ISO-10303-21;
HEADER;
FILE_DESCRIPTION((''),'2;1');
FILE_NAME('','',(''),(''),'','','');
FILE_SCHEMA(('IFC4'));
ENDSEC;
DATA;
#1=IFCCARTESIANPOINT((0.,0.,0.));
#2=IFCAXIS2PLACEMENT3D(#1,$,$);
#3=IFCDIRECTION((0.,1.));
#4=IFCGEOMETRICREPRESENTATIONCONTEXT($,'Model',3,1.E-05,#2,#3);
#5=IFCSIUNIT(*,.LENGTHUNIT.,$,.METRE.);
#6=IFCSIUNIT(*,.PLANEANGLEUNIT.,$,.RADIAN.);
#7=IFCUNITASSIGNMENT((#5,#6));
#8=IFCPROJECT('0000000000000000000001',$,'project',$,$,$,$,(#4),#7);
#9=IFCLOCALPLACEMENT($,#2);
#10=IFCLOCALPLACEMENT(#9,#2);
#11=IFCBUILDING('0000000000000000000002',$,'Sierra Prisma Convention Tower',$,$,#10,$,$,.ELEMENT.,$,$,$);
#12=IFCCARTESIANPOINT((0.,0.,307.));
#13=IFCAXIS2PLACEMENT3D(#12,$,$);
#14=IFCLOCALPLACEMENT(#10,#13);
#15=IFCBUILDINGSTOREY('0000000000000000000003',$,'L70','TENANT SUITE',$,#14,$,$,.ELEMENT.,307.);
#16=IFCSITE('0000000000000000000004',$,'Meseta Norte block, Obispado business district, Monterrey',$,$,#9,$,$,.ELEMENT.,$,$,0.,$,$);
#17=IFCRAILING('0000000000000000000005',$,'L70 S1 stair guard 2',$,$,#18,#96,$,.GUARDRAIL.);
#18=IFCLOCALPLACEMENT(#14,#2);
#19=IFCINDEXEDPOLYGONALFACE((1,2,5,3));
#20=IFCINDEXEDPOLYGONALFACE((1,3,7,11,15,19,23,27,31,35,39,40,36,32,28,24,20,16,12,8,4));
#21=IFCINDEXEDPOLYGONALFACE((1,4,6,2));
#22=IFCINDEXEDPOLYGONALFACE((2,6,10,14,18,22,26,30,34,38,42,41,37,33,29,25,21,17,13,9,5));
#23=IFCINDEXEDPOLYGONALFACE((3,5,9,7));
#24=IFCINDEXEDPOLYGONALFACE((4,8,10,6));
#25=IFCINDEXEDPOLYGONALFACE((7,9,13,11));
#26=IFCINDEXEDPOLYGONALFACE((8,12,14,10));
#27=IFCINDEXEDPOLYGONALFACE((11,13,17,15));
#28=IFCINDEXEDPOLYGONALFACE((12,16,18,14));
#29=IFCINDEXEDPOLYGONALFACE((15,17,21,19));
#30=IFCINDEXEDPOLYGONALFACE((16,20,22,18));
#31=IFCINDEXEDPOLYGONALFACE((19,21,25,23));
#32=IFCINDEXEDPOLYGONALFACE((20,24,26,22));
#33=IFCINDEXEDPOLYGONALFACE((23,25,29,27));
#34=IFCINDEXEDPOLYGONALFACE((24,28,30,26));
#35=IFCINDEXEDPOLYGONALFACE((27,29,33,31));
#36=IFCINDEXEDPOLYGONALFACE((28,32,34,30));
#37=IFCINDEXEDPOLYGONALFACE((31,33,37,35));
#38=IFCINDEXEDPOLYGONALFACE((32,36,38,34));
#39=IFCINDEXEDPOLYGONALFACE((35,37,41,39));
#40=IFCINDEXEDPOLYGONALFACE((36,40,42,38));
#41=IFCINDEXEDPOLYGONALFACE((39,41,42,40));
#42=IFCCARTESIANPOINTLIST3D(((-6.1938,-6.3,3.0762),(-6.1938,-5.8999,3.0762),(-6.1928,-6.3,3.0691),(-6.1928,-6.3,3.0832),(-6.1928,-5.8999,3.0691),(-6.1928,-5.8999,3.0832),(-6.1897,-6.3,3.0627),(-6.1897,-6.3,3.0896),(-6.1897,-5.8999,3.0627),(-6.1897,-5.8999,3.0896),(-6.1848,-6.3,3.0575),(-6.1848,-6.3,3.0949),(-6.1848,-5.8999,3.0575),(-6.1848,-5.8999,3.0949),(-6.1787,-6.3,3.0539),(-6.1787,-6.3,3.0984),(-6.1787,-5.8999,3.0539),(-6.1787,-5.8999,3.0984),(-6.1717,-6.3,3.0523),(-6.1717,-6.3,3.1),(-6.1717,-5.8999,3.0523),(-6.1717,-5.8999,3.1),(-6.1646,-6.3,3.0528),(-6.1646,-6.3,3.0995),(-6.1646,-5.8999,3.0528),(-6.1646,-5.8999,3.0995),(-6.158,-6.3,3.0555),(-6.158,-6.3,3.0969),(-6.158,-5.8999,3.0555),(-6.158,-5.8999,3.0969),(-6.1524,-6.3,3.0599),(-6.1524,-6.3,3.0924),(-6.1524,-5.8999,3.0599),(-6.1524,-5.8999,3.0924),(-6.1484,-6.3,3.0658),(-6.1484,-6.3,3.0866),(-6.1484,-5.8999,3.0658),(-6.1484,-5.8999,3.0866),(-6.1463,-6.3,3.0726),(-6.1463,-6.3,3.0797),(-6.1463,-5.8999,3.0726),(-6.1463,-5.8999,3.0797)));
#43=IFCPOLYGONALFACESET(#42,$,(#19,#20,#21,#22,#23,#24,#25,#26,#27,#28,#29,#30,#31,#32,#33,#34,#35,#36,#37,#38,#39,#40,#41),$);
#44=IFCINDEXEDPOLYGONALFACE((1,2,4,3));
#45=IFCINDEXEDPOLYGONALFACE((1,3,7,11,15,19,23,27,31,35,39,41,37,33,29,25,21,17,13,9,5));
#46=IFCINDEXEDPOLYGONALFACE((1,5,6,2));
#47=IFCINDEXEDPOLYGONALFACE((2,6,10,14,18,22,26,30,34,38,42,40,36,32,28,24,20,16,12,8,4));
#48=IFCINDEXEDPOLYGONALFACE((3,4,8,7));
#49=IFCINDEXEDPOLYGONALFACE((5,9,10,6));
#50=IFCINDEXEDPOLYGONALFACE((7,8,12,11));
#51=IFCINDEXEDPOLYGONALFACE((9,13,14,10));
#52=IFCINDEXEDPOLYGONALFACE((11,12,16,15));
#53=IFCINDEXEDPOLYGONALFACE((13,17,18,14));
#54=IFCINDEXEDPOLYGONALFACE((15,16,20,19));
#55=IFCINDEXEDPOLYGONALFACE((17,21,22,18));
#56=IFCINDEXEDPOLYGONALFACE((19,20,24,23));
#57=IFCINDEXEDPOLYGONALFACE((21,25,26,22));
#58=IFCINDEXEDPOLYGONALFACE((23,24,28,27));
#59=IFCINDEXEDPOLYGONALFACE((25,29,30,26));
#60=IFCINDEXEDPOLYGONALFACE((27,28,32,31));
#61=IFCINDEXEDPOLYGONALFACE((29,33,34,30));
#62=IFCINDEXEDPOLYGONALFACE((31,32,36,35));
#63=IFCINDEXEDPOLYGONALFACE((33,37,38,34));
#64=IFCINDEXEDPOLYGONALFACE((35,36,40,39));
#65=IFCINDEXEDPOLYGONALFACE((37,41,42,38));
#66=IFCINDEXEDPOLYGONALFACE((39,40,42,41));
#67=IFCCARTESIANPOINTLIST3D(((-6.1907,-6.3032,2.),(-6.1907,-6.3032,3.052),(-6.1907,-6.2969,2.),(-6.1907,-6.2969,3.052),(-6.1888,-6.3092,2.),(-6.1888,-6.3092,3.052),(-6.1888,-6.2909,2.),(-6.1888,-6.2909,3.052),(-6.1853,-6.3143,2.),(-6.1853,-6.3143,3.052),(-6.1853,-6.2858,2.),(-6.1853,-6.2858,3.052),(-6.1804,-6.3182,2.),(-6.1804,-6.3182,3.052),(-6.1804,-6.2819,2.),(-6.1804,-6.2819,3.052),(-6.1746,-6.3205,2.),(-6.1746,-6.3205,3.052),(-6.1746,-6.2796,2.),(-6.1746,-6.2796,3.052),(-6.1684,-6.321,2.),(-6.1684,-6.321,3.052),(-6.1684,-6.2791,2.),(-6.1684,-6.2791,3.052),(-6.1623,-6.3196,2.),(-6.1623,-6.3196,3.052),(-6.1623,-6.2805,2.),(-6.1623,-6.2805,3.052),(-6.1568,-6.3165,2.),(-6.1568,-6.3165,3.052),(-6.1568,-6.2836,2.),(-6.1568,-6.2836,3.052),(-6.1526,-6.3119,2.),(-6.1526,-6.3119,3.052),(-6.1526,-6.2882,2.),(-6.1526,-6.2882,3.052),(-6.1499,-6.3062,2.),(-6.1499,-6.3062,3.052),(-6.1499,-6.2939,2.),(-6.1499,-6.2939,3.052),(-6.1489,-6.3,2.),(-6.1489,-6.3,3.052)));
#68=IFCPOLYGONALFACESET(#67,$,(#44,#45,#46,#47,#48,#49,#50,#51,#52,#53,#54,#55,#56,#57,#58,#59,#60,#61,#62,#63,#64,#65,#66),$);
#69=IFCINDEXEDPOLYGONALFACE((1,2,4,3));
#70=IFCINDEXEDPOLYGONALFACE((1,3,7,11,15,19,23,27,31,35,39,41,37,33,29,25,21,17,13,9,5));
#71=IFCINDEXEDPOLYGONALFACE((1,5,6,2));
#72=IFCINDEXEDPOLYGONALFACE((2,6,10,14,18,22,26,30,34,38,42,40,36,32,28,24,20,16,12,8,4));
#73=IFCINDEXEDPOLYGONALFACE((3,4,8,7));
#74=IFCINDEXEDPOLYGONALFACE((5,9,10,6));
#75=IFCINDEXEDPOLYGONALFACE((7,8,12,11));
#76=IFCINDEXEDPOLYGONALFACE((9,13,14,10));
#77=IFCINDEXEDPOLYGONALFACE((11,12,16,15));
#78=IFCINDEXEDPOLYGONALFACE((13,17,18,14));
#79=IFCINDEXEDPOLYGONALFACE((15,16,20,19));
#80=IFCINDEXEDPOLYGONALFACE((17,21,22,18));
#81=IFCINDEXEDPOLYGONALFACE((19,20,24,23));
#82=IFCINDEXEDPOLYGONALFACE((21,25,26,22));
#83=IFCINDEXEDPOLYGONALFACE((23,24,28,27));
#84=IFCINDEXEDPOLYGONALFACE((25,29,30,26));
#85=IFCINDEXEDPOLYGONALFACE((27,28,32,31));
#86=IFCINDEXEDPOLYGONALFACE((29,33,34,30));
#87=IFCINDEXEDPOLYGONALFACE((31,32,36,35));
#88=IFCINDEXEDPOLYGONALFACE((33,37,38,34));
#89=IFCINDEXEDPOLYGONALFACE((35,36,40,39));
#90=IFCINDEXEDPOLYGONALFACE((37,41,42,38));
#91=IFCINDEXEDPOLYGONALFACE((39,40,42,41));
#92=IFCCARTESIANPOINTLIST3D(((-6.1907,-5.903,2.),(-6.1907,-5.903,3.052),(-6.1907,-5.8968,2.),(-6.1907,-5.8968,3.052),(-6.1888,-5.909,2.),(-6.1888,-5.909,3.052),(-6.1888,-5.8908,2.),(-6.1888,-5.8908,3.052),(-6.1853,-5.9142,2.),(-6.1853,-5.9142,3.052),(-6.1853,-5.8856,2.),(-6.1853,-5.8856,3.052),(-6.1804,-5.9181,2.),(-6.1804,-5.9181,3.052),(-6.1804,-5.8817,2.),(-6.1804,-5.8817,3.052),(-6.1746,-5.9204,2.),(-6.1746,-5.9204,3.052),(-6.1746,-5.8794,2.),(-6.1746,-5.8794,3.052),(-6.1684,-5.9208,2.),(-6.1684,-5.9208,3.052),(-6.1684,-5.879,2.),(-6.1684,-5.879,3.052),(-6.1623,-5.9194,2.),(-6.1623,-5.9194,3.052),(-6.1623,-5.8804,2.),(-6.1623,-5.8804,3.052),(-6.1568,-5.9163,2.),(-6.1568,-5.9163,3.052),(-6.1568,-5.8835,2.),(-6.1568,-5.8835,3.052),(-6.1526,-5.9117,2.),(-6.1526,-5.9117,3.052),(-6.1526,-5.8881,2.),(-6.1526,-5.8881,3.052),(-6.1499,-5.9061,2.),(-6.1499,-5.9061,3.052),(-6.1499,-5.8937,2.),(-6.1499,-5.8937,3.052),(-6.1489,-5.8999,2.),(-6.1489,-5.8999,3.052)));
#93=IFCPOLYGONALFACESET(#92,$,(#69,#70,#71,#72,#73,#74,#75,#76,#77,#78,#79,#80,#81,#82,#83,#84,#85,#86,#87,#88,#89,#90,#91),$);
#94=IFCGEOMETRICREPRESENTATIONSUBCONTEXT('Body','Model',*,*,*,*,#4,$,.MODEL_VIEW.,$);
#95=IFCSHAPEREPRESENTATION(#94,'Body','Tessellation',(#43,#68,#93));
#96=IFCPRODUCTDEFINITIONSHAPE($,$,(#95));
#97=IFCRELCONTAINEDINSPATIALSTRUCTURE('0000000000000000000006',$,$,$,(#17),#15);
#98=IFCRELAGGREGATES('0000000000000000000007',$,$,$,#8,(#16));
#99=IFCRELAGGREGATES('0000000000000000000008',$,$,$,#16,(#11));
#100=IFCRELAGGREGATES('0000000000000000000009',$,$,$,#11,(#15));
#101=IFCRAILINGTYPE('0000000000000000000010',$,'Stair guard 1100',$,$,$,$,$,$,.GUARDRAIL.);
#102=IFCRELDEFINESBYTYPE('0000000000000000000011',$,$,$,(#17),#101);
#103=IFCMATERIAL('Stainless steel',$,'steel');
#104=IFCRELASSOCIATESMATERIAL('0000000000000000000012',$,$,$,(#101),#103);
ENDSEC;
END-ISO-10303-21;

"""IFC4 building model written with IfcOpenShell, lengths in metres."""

from ifc_helpers import new_model, si_unit, direction, frame, origin, origin_2d, place, context, subcontext, project, spatial, circle, extrude, material, type_object, element, save


model = new_model("IFC4")

# Units and contexts
model_context = context("Model", 3, precision=1e-05, world=origin(), true_north=direction((0.0, 1.0)))
body_context = subcontext(model_context, "Body", "Model", "MODEL_VIEW")
ifc_project = project(units=[si_unit("LENGTHUNIT", "METRE"), si_unit("PLANEANGLEUNIT", "RADIAN")], contexts=[model_context])

# Site, building, storey
site_placement = place(None, origin())
site = spatial("IfcSite", under=ifc_project, at=site_placement, Name="Meseta Norte block, Obispado business district, Monterrey", CompositionType="ELEMENT", RefElevation=0.0)
building_placement = place(site_placement, origin())
building = spatial("IfcBuilding", under=site, at=building_placement, Name="Sierra Prisma Convention Tower", CompositionType="ELEMENT")
storey_placement = place(building_placement, frame((0.0, 0.0, 307.0)))
storey = spatial("IfcBuildingStorey", under=building, at=storey_placement, Name="L70", Description="TENANT SUITE", CompositionType="ELEMENT", Elevation=307.0)

# Railing
ifc_material_1 = material(Name="Stainless steel", Category="steel")
railing_type_1 = type_object("IfcRailingType", Name="Stair guard 1100", PredefinedType="GUARDRAIL", material=ifc_material_1)
railing_1_placement = place(storey_placement, frame((-6.1699, -6.3, 2.0)))
element("IfcRailing", 1, at=railing_1_placement, inside=storey, type_object=railing_type_1, Name="L70 S1 stair guard 2", PredefinedType="GUARDRAIL", context=body_context, shape_type="SweptSolid", body=[
    extrude(circle(Radius=0.0239, at=origin_2d()), frame((0.0, 0.0, 1.0762), z_axis=(0.0, 1.0, 0.0), x_axis=(-1.0, 0.0, 0.0)), (0.0, 0.0, 1.0), 0.4001),
    extrude(circle(Radius=0.021, at=origin_2d()), origin(), (0.0, 0.0, 1.0), 1.052),
    extrude(circle(Radius=0.021, at=origin_2d()), frame((0.0, 0.4001, 0.0)), (0.0, 0.0, 1.0), 1.052),
])

save(model, "model.ifc")
